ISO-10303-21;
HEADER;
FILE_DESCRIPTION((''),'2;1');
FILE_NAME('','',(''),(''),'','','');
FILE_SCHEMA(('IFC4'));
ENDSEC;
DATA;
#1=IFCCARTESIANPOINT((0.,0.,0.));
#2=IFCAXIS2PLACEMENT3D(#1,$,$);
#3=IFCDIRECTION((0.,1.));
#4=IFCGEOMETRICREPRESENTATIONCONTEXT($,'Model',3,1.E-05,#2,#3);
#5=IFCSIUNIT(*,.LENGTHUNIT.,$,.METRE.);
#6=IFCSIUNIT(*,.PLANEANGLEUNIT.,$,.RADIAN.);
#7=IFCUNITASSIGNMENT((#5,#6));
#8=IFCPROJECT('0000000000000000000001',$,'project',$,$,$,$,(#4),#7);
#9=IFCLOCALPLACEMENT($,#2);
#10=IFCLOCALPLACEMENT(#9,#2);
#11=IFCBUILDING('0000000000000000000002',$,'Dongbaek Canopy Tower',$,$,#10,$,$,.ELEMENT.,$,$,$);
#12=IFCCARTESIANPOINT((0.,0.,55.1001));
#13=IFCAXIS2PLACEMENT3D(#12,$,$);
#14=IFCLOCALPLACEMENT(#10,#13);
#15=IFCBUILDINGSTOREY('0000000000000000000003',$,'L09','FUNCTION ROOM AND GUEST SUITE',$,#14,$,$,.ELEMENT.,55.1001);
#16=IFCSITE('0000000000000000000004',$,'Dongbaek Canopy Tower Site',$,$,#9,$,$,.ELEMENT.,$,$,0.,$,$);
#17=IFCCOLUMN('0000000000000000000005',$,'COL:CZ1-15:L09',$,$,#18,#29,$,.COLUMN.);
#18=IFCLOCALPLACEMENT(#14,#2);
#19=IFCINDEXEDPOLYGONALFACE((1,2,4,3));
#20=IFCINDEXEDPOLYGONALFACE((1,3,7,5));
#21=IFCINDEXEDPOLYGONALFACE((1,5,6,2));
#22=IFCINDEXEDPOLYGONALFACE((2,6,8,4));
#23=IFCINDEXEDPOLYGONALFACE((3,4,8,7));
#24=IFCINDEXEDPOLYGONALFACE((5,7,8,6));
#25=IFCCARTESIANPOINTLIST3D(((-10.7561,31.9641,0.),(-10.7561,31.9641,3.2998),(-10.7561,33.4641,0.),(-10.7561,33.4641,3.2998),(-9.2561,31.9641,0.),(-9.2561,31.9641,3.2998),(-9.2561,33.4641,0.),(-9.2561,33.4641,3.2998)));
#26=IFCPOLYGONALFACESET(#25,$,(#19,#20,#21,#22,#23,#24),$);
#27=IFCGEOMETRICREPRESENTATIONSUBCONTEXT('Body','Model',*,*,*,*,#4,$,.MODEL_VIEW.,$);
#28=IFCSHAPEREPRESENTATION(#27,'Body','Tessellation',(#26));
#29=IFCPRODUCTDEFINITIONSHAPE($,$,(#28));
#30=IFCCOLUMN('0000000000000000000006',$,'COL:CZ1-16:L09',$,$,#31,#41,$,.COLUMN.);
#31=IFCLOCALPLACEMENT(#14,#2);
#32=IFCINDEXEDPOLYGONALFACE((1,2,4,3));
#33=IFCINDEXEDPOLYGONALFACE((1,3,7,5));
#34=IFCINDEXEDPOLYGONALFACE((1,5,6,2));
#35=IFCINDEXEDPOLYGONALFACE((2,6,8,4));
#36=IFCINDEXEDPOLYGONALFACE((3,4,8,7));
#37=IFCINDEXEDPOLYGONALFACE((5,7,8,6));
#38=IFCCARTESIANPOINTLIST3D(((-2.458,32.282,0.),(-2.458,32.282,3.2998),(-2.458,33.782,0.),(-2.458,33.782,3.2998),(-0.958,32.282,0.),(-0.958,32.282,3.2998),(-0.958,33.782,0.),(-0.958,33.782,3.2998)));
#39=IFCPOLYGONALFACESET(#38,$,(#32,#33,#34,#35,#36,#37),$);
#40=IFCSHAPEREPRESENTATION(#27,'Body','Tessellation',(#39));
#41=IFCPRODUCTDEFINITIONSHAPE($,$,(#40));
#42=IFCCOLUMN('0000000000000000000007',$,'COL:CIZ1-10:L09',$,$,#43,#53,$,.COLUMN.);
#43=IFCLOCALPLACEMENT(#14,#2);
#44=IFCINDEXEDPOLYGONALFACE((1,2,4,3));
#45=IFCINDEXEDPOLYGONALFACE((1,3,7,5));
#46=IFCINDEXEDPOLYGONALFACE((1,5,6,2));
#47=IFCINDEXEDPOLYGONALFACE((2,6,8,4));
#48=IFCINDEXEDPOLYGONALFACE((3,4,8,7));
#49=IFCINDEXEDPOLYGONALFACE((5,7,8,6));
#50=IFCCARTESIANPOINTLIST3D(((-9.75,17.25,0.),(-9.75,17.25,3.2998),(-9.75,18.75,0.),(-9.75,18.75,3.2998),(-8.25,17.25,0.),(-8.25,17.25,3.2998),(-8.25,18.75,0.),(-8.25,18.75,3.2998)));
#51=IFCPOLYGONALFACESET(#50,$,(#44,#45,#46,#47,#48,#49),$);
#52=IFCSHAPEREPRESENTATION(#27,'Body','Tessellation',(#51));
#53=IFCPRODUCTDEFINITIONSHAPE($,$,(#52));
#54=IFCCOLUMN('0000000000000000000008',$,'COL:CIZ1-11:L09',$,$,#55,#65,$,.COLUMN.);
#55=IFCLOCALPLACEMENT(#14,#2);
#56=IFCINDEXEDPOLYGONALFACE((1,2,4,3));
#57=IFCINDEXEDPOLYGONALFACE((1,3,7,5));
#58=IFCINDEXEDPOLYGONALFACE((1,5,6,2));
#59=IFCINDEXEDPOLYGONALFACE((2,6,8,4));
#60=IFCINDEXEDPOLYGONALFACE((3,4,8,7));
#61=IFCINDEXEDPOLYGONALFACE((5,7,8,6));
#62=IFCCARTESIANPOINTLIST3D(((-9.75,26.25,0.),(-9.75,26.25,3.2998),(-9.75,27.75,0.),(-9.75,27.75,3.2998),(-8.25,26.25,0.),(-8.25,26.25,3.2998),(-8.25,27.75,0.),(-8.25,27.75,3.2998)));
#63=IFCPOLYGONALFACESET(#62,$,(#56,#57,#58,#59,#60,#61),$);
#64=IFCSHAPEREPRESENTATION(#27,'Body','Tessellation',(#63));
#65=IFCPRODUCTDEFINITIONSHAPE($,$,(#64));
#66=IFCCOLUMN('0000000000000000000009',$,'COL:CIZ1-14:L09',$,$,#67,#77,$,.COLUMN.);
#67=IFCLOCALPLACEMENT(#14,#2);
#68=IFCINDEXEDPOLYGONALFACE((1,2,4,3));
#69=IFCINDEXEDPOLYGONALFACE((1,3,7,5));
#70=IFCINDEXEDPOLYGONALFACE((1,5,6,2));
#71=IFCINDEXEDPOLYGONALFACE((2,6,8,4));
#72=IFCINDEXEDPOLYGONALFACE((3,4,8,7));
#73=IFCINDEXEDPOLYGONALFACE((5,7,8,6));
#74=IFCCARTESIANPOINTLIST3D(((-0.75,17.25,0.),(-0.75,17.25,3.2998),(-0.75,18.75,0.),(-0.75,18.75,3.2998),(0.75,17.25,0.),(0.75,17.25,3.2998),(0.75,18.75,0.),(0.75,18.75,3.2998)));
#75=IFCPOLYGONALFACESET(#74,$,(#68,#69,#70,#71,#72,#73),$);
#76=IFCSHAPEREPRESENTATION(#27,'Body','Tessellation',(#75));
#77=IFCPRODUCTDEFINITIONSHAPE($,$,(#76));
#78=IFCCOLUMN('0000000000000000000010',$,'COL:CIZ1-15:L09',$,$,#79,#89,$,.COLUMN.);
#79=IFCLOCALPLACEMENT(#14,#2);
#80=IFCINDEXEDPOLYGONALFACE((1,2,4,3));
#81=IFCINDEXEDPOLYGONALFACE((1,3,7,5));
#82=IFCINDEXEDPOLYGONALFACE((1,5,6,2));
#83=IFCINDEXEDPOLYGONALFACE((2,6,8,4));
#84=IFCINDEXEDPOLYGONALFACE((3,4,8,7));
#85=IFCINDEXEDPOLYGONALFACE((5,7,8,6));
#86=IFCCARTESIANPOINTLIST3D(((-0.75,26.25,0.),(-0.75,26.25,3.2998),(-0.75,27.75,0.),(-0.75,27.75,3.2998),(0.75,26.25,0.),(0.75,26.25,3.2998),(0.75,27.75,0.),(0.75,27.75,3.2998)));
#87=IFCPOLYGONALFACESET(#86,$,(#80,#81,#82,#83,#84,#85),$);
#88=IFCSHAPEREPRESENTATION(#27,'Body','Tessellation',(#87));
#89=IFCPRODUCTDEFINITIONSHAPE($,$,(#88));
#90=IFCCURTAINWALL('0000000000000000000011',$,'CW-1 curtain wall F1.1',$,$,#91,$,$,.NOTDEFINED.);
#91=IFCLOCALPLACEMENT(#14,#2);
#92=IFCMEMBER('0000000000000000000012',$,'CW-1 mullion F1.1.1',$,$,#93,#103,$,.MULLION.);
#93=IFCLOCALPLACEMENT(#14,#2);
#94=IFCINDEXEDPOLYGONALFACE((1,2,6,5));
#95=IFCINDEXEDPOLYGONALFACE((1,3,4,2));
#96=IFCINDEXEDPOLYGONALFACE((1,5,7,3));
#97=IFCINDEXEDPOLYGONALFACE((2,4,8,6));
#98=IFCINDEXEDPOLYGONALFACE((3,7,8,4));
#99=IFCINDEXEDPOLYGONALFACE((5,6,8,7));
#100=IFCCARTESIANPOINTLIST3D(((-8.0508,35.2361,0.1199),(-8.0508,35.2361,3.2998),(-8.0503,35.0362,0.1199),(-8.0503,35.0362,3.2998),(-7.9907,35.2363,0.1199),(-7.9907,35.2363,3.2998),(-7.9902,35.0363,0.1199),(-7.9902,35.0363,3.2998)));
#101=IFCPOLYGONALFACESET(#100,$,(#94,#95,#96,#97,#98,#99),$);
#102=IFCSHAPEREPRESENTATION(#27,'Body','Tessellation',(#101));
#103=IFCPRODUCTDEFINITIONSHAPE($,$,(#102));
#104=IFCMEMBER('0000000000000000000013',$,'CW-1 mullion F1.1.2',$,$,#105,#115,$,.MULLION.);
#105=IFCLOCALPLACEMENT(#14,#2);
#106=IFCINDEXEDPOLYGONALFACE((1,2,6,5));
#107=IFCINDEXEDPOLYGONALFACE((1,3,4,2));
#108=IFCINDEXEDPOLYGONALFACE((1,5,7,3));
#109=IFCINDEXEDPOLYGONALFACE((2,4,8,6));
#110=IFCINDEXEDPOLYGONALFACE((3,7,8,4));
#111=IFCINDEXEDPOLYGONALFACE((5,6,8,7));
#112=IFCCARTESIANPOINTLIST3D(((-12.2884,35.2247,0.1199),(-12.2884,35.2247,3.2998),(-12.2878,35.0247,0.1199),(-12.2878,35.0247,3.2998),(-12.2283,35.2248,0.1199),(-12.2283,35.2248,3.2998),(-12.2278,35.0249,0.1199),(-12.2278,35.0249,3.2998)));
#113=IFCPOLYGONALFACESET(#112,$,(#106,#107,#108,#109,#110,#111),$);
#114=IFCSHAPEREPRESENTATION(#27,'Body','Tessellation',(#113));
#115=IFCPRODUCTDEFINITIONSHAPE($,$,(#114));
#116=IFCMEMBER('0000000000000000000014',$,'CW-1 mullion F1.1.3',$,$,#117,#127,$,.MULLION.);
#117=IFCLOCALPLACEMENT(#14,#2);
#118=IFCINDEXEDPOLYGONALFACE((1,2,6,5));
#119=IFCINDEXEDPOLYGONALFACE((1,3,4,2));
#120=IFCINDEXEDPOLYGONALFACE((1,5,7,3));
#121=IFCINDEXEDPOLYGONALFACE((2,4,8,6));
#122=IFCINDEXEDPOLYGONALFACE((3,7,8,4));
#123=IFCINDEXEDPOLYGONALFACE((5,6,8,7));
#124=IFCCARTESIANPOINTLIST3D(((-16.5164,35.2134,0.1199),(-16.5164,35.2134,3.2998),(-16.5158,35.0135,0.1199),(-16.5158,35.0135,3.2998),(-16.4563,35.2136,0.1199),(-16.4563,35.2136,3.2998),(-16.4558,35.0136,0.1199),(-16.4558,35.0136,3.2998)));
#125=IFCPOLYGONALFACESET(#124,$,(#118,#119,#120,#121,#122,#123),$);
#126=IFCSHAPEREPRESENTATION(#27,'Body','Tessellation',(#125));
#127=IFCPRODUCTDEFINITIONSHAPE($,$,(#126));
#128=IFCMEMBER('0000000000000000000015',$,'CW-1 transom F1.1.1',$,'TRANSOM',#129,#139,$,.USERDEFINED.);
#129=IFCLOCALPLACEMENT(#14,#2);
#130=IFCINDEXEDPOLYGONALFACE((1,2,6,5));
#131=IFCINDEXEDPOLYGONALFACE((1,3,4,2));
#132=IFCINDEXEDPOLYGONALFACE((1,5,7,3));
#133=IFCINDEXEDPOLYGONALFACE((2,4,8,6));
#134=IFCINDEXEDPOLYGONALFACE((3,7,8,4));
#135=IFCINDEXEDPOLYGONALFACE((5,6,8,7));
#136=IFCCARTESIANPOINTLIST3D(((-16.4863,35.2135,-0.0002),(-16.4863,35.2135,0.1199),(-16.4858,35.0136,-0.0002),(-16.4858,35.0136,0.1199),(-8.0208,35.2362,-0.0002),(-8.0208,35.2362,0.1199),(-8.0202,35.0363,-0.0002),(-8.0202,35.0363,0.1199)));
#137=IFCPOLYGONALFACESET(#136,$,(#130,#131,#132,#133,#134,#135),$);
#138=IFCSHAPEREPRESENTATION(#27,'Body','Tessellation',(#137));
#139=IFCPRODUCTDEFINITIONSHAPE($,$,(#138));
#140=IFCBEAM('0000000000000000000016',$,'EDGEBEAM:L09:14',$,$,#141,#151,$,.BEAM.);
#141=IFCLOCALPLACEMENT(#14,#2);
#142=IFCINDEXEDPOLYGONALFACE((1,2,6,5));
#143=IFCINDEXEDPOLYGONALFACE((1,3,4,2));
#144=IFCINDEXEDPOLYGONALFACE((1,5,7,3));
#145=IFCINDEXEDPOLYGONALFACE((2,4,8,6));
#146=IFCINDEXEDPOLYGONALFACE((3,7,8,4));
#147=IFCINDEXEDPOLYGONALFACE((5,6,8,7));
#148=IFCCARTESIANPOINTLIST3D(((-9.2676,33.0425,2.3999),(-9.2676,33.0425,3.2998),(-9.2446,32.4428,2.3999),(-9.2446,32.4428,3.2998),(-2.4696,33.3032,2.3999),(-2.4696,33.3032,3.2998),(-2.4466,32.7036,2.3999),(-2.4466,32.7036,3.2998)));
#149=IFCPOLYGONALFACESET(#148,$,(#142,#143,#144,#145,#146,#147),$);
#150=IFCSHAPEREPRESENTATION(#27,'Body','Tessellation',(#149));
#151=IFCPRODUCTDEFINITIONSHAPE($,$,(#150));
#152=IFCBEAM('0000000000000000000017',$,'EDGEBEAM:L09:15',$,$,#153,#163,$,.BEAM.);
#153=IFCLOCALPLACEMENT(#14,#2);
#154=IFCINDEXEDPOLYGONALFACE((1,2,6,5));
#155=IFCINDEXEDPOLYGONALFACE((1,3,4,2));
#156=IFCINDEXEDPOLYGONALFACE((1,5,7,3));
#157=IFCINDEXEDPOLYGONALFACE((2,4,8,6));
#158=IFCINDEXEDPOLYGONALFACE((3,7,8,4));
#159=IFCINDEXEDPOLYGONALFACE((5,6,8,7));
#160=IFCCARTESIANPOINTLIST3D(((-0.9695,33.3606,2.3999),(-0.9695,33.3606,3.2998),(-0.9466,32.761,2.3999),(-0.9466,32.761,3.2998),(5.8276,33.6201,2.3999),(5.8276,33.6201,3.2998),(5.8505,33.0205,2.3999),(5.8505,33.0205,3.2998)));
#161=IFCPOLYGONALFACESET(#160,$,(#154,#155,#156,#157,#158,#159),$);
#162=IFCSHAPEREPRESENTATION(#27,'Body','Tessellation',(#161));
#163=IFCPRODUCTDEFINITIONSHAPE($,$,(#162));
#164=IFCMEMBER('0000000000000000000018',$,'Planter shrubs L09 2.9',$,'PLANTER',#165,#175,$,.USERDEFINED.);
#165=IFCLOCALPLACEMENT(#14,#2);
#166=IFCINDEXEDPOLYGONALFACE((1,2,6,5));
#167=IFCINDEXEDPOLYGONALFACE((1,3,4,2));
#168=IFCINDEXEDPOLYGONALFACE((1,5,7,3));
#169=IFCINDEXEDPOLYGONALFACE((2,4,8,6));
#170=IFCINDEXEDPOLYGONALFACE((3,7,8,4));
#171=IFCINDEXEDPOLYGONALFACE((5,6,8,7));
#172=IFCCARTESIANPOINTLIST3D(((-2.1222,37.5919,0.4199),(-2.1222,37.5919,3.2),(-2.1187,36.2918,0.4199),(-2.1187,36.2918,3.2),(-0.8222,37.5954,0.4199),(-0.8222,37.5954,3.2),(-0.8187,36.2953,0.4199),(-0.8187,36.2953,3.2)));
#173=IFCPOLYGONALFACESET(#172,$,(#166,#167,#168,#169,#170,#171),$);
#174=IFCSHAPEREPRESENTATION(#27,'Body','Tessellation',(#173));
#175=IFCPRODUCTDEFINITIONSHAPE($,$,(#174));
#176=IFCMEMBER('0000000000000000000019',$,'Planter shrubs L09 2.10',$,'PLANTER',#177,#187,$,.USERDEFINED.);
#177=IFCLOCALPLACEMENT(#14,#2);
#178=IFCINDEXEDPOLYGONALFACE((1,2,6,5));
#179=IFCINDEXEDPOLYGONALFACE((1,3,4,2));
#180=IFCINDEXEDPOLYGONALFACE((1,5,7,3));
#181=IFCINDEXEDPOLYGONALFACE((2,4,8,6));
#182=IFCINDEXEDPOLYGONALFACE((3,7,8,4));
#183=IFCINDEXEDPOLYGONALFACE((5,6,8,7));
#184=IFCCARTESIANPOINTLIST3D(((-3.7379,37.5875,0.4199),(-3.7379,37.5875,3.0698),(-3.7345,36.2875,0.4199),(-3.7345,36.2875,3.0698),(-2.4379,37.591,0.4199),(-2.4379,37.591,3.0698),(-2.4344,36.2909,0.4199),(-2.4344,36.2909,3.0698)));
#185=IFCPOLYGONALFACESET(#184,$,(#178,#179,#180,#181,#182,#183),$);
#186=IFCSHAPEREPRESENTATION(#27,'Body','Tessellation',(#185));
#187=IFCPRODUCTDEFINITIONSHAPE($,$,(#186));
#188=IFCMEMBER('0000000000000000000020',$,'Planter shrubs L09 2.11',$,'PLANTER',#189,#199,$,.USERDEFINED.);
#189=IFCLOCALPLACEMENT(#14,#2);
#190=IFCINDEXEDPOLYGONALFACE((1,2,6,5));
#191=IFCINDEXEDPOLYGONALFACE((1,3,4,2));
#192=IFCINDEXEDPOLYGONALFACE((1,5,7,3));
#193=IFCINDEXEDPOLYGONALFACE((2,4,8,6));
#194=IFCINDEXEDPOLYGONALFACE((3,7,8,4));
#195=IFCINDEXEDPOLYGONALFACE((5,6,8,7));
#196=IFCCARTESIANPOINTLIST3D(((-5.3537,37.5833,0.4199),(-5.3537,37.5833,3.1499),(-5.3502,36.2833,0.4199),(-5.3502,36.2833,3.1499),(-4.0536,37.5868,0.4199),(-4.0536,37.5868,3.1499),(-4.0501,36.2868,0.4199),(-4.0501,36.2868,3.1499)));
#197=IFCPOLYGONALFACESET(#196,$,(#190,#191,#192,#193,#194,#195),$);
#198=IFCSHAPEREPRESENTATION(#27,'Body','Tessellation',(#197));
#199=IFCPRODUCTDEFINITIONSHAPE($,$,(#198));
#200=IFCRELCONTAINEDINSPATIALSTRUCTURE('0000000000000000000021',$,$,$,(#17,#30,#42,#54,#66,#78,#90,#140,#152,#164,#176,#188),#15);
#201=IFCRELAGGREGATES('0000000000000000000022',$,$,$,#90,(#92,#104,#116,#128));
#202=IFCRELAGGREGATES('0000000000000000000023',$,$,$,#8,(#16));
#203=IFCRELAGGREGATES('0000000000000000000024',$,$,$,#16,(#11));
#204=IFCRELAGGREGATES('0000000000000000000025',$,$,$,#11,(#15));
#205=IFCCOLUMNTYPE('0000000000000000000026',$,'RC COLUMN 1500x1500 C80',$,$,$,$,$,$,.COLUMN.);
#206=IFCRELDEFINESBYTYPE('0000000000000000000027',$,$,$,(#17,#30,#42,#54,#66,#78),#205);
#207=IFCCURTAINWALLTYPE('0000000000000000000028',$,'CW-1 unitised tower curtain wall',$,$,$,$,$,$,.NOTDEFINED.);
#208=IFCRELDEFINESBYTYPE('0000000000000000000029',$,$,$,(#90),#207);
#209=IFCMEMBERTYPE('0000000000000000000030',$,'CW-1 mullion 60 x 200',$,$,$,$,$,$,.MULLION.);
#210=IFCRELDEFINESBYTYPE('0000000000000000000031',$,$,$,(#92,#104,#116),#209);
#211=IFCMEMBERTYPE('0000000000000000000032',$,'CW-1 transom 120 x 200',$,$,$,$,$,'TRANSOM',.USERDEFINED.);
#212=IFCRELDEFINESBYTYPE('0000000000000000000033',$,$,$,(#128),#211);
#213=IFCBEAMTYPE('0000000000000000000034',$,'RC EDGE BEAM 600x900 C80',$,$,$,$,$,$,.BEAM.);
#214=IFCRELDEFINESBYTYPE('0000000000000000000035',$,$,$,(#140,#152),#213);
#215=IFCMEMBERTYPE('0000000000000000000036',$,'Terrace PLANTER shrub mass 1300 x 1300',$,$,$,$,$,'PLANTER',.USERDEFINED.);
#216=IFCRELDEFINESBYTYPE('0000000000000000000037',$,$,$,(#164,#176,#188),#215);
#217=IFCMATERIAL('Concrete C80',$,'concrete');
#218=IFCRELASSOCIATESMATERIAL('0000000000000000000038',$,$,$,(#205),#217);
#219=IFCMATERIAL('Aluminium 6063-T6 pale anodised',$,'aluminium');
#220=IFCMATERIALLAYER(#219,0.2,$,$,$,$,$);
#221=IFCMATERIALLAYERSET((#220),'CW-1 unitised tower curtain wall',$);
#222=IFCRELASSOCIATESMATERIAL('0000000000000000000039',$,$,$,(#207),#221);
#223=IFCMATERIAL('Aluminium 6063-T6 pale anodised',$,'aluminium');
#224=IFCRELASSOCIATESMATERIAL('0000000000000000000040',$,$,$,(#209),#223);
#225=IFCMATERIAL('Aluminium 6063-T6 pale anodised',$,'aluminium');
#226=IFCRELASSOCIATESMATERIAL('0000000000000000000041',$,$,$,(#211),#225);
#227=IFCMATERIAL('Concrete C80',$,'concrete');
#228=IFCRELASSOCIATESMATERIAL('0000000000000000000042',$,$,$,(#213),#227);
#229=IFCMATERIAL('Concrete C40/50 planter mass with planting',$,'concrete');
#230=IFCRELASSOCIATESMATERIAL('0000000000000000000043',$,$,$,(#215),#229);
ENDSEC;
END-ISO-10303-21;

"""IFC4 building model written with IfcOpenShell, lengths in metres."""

from ifc_helpers import new_model, si_unit, direction, frame, origin, origin_2d, place, context, subcontext, project, spatial, rectangle, extrude, material, layer, layer_set, material_profile, profile_set, type_object, element, aggregate, save


model = new_model("IFC4")

# Units and contexts
model_context = context("Model", 3, precision=1e-05, world=origin(), true_north=direction((0.0, 1.0)))
body_context = subcontext(model_context, "Body", "Model", "MODEL_VIEW")
ifc_project = project(units=[si_unit("LENGTHUNIT", "METRE"), si_unit("PLANEANGLEUNIT", "RADIAN")], contexts=[model_context])

# Site, building, storey
site_placement = place(None, origin())
site = spatial("IfcSite", under=ifc_project, at=site_placement, Name="Dongbaek Canopy Tower Site", CompositionType="ELEMENT", RefElevation=0.0)
building_placement = place(site_placement, origin())
building = spatial("IfcBuilding", under=site, at=building_placement, Name="Dongbaek Canopy Tower", CompositionType="ELEMENT")
storey_placement = place(building_placement, frame((0.0, 0.0, 55.1001)))
storey = spatial("IfcBuildingStorey", under=building, at=storey_placement, Name="L09", Description="FUNCTION ROOM AND GUEST SUITE", CompositionType="ELEMENT", Elevation=55.1001)

# Columns
ifc_material_1 = material(Name="Concrete C80", Category="concrete")
ifc_material_profile_1 = material_profile(ifc_material_1, rectangle(XDim=1.5, YDim=1.5, at=origin_2d()), Name="RC COLUMN 1500x1500 C80")
ifc_profile_set_1 = profile_set([ifc_material_profile_1], Name="Concrete C80")
column_type = type_object("IfcColumnType", Name="RC COLUMN 1500x1500 C80", PredefinedType="COLUMN", material=ifc_profile_set_1)
for number, where, z_axis, x_axis, name in (
    (1, (-10.0061, 32.7141, 0.0), (0.0, 0.0, 1.0), (1.0, 0.0, 0.0), "COL:CZ1-15:L09"),
    (2, (-1.708, 33.032, 0.0), (0.0, 0.0, 1.0), (1.0, 0.0, 0.0), "COL:CZ1-16:L09"),
    (3, (-9.0, 18.0, 0.0), (0.0, 0.0, 1.0), (1.0, 0.0, 0.0), "COL:CIZ1-10:L09"),
    (4, (-9.0, 27.0, 0.0), (0.0, 0.0, 1.0), (1.0, 0.0, 0.0), "COL:CIZ1-11:L09"),
    (5, (0.0, 18.0, 0.0), (0.0, 0.0, 1.0), (1.0, 0.0, 0.0), "COL:CIZ1-14:L09"),
    (6, (0.0, 27.0, 0.0), (0.0, 0.0, 1.0), (1.0, 0.0, 0.0), "COL:CIZ1-15:L09"),
):
    element("IfcColumn", number, at=place(storey_placement, frame(where, z_axis=z_axis, x_axis=x_axis)), inside=storey, type_object=column_type, Name=name, PredefinedType="COLUMN", context=body_context, shape_type="SweptSolid", body=[
        extrude(rectangle(XDim=1.5, YDim=1.5, at=origin_2d()), origin(), (0.0, 0.0, 1.0), 3.2998),
    ])

# Curtain wall, members
ifc_material_2 = material(Name="Aluminium 6063-T6 pale anodised", Category="aluminium")
ifc_layer_1 = layer(ifc_material_2, 0.2)
ifc_layer_set_1 = layer_set([ifc_layer_1], Name="CW-1 unitised tower curtain wall")
curtain_wall_type = type_object("IfcCurtainWallType", Name="CW-1 unitised tower curtain wall", PredefinedType="NOTDEFINED", material=ifc_layer_set_1)
curtain_wall_placement = place(storey_placement, origin())
curtain_wall = element("IfcCurtainWall", 7, at=curtain_wall_placement, inside=storey, type_object=curtain_wall_type, Name="CW-1 curtain wall F1.1", PredefinedType="NOTDEFINED")
ifc_material_3 = material(Name="Aluminium 6063-T6 pale anodised", Category="aluminium")
ifc_material_profile_2 = material_profile(ifc_material_3, rectangle(XDim=0.2, YDim=0.0601, at=origin_2d()), Name="CW-1 mullion 60 x 200")
ifc_profile_set_2 = profile_set([ifc_material_profile_2], Name="Aluminium 6063-T6 pale anodised")
member_type_1 = type_object("IfcMemberType", Name="CW-1 mullion 60 x 200", PredefinedType="MULLION", material=ifc_profile_set_2)
member_1_placement = place(storey_placement, frame((-8.0205, 35.1362, 0.1199), z_axis=(0.0, 0.0, 1.0), x_axis=(-0.002666, 0.999996, 0.0)))
member_1 = element("IfcMember", 8, at=member_1_placement, type_object=member_type_1, Name="CW-1 mullion F1.1.1", PredefinedType="MULLION", context=body_context, shape_type="SweptSolid", body=[
    extrude(rectangle(XDim=0.2, YDim=0.0601, at=origin_2d()), origin(), (0.0, 0.0, 1.0), 3.1799),
])
member_2_placement = place(storey_placement, frame((-12.2581, 35.1248, 0.1199), z_axis=(0.0, 0.0, 1.0), x_axis=(-0.002666, 0.999996, 0.0)))
member_2 = element("IfcMember", 9, at=member_2_placement, type_object=member_type_1, Name="CW-1 mullion F1.1.2", PredefinedType="MULLION", context=body_context, shape_type="SweptSolid", body=[
    extrude(rectangle(XDim=0.2, YDim=0.0601, at=origin_2d()), origin(), (0.0, 0.0, 1.0), 3.1799),
])
member_3_placement = place(storey_placement, frame((-16.4861, 35.1135, 0.1199), z_axis=(0.0, 0.0, 1.0), x_axis=(-0.002666, 0.999996, 0.0)))
member_3 = element("IfcMember", 10, at=member_3_placement, type_object=member_type_1, Name="CW-1 mullion F1.1.3", PredefinedType="MULLION", context=body_context, shape_type="SweptSolid", body=[
    extrude(rectangle(XDim=0.2, YDim=0.0601, at=origin_2d()), origin(), (0.0, 0.0, 1.0), 3.1799),
])
ifc_material_4 = material(Name="Aluminium 6063-T6 pale anodised", Category="aluminium")
ifc_material_profile_3 = material_profile(ifc_material_4, rectangle(XDim=0.2, YDim=0.1201, at=origin_2d()), Name="CW-1 transom 120 x 200")
ifc_profile_set_3 = profile_set([ifc_material_profile_3], Name="Aluminium 6063-T6 pale anodised")
member_type_2 = type_object("IfcMemberType", Name="CW-1 transom 120 x 200", ElementType="TRANSOM", PredefinedType="USERDEFINED", material=ifc_profile_set_3)
member_4_placement = place(storey_placement, frame((-8.0205, 35.1362, 0.0598), z_axis=(-0.999996, -0.002682, 0.0), x_axis=(0.002682, -0.999996, 0.0)))
member_4 = element("IfcMember", 11, at=member_4_placement, type_object=member_type_2, Name="CW-1 transom F1.1.1", ObjectType="TRANSOM", PredefinedType="USERDEFINED", context=body_context, shape_type="SweptSolid", body=[
    extrude(rectangle(XDim=0.2, YDim=0.1201, at=origin_2d()), origin(), (0.0, 0.0, 1.0), 8.4656),
])

# Beams
ifc_material_5 = material(Name="Concrete C80", Category="concrete")
ifc_material_profile_4 = material_profile(ifc_material_5, rectangle(XDim=0.6001, YDim=0.8999, at=origin_2d()), Name="RC EDGE BEAM 600x900 C80")
ifc_profile_set_4 = profile_set([ifc_material_profile_4], Name="Concrete C80")
beam_type = type_object("IfcBeamType", Name="RC EDGE BEAM 600x900 C80", PredefinedType="BEAM", material=ifc_profile_set_4)
beam_1_placement = place(storey_placement, frame((-9.2561, 32.7427, 2.8499), z_axis=(0.999265, 0.038327, 0.0), x_axis=(-0.038327, 0.999265, 0.0)))
element("IfcBeam", 12, at=beam_1_placement, inside=storey, type_object=beam_type, Name="EDGEBEAM:L09:14", PredefinedType="BEAM", context=body_context, shape_type="SweptSolid", body=[
    extrude(rectangle(XDim=0.6001, YDim=0.8999, at=origin_2d()), origin(), (0.0, 0.0, 1.0), 6.803),
])
beam_2_placement = place(storey_placement, frame((-0.958, 33.0608, 2.8499), z_axis=(0.999272, 0.038153, 0.0), x_axis=(-0.038153, 0.999272, 0.0)))
element("IfcBeam", 13, at=beam_2_placement, inside=storey, type_object=beam_type, Name="EDGEBEAM:L09:15", PredefinedType="BEAM", context=body_context, shape_type="SweptSolid", body=[
    extrude(rectangle(XDim=0.6001, YDim=0.8999, at=origin_2d()), origin(), (0.0, 0.0, 1.0), 6.802),
])

# Members
ifc_material_6 = material(Name="Concrete C40/50 planter mass with planting", Category="concrete")
ifc_material_profile_5 = material_profile(ifc_material_6, rectangle(XDim=1.3, YDim=1.3, at=origin_2d()), Name="Terrace PLANTER shrub mass 1300 x 1300")
ifc_profile_set_5 = profile_set([ifc_material_profile_5], Name="Concrete C40/50 planter mass with planting")
member_type_3 = type_object("IfcMemberType", Name="Terrace PLANTER shrub mass 1300 x 1300", ElementType="PLANTER", PredefinedType="USERDEFINED", material=ifc_profile_set_5)
member_5_placement = place(storey_placement, frame((-1.4705, 36.9436, 0.4199), z_axis=(0.0, 0.0, 1.0), x_axis=(-0.002666, 0.999996, 0.0)))
element("IfcMember", 14, at=member_5_placement, inside=storey, type_object=member_type_3, Name="Planter shrubs L09 2.9", ObjectType="PLANTER", PredefinedType="USERDEFINED", context=body_context, shape_type="SweptSolid", body=[
    extrude(rectangle(XDim=1.3, YDim=1.3, at=origin_2d()), origin(), (0.0, 0.0, 1.0), 2.78),
])
member_6_placement = place(storey_placement, frame((-3.0862, 36.9392, 0.4199), z_axis=(0.0, 0.0, 1.0), x_axis=(-0.002666, 0.999996, 0.0)))
element("IfcMember", 15, at=member_6_placement, inside=storey, type_object=member_type_3, Name="Planter shrubs L09 2.10", ObjectType="PLANTER", PredefinedType="USERDEFINED", context=body_context, shape_type="SweptSolid", body=[
    extrude(rectangle(XDim=1.3, YDim=1.3, at=origin_2d()), origin(), (0.0, 0.0, 1.0), 2.6499),
])
member_7_placement = place(storey_placement, frame((-4.7019, 36.9351, 0.4199), z_axis=(0.0, 0.0, 1.0), x_axis=(-0.002666, 0.999996, 0.0)))
element("IfcMember", 16, at=member_7_placement, inside=storey, type_object=member_type_3, Name="Planter shrubs L09 2.11", ObjectType="PLANTER", PredefinedType="USERDEFINED", context=body_context, shape_type="SweptSolid", body=[
    extrude(rectangle(XDim=1.3, YDim=1.3, at=origin_2d()), origin(), (0.0, 0.0, 1.0), 2.73),
])

aggregate(curtain_wall, [member_1, member_2, member_3, member_4])

save(model, "model.ifc")
